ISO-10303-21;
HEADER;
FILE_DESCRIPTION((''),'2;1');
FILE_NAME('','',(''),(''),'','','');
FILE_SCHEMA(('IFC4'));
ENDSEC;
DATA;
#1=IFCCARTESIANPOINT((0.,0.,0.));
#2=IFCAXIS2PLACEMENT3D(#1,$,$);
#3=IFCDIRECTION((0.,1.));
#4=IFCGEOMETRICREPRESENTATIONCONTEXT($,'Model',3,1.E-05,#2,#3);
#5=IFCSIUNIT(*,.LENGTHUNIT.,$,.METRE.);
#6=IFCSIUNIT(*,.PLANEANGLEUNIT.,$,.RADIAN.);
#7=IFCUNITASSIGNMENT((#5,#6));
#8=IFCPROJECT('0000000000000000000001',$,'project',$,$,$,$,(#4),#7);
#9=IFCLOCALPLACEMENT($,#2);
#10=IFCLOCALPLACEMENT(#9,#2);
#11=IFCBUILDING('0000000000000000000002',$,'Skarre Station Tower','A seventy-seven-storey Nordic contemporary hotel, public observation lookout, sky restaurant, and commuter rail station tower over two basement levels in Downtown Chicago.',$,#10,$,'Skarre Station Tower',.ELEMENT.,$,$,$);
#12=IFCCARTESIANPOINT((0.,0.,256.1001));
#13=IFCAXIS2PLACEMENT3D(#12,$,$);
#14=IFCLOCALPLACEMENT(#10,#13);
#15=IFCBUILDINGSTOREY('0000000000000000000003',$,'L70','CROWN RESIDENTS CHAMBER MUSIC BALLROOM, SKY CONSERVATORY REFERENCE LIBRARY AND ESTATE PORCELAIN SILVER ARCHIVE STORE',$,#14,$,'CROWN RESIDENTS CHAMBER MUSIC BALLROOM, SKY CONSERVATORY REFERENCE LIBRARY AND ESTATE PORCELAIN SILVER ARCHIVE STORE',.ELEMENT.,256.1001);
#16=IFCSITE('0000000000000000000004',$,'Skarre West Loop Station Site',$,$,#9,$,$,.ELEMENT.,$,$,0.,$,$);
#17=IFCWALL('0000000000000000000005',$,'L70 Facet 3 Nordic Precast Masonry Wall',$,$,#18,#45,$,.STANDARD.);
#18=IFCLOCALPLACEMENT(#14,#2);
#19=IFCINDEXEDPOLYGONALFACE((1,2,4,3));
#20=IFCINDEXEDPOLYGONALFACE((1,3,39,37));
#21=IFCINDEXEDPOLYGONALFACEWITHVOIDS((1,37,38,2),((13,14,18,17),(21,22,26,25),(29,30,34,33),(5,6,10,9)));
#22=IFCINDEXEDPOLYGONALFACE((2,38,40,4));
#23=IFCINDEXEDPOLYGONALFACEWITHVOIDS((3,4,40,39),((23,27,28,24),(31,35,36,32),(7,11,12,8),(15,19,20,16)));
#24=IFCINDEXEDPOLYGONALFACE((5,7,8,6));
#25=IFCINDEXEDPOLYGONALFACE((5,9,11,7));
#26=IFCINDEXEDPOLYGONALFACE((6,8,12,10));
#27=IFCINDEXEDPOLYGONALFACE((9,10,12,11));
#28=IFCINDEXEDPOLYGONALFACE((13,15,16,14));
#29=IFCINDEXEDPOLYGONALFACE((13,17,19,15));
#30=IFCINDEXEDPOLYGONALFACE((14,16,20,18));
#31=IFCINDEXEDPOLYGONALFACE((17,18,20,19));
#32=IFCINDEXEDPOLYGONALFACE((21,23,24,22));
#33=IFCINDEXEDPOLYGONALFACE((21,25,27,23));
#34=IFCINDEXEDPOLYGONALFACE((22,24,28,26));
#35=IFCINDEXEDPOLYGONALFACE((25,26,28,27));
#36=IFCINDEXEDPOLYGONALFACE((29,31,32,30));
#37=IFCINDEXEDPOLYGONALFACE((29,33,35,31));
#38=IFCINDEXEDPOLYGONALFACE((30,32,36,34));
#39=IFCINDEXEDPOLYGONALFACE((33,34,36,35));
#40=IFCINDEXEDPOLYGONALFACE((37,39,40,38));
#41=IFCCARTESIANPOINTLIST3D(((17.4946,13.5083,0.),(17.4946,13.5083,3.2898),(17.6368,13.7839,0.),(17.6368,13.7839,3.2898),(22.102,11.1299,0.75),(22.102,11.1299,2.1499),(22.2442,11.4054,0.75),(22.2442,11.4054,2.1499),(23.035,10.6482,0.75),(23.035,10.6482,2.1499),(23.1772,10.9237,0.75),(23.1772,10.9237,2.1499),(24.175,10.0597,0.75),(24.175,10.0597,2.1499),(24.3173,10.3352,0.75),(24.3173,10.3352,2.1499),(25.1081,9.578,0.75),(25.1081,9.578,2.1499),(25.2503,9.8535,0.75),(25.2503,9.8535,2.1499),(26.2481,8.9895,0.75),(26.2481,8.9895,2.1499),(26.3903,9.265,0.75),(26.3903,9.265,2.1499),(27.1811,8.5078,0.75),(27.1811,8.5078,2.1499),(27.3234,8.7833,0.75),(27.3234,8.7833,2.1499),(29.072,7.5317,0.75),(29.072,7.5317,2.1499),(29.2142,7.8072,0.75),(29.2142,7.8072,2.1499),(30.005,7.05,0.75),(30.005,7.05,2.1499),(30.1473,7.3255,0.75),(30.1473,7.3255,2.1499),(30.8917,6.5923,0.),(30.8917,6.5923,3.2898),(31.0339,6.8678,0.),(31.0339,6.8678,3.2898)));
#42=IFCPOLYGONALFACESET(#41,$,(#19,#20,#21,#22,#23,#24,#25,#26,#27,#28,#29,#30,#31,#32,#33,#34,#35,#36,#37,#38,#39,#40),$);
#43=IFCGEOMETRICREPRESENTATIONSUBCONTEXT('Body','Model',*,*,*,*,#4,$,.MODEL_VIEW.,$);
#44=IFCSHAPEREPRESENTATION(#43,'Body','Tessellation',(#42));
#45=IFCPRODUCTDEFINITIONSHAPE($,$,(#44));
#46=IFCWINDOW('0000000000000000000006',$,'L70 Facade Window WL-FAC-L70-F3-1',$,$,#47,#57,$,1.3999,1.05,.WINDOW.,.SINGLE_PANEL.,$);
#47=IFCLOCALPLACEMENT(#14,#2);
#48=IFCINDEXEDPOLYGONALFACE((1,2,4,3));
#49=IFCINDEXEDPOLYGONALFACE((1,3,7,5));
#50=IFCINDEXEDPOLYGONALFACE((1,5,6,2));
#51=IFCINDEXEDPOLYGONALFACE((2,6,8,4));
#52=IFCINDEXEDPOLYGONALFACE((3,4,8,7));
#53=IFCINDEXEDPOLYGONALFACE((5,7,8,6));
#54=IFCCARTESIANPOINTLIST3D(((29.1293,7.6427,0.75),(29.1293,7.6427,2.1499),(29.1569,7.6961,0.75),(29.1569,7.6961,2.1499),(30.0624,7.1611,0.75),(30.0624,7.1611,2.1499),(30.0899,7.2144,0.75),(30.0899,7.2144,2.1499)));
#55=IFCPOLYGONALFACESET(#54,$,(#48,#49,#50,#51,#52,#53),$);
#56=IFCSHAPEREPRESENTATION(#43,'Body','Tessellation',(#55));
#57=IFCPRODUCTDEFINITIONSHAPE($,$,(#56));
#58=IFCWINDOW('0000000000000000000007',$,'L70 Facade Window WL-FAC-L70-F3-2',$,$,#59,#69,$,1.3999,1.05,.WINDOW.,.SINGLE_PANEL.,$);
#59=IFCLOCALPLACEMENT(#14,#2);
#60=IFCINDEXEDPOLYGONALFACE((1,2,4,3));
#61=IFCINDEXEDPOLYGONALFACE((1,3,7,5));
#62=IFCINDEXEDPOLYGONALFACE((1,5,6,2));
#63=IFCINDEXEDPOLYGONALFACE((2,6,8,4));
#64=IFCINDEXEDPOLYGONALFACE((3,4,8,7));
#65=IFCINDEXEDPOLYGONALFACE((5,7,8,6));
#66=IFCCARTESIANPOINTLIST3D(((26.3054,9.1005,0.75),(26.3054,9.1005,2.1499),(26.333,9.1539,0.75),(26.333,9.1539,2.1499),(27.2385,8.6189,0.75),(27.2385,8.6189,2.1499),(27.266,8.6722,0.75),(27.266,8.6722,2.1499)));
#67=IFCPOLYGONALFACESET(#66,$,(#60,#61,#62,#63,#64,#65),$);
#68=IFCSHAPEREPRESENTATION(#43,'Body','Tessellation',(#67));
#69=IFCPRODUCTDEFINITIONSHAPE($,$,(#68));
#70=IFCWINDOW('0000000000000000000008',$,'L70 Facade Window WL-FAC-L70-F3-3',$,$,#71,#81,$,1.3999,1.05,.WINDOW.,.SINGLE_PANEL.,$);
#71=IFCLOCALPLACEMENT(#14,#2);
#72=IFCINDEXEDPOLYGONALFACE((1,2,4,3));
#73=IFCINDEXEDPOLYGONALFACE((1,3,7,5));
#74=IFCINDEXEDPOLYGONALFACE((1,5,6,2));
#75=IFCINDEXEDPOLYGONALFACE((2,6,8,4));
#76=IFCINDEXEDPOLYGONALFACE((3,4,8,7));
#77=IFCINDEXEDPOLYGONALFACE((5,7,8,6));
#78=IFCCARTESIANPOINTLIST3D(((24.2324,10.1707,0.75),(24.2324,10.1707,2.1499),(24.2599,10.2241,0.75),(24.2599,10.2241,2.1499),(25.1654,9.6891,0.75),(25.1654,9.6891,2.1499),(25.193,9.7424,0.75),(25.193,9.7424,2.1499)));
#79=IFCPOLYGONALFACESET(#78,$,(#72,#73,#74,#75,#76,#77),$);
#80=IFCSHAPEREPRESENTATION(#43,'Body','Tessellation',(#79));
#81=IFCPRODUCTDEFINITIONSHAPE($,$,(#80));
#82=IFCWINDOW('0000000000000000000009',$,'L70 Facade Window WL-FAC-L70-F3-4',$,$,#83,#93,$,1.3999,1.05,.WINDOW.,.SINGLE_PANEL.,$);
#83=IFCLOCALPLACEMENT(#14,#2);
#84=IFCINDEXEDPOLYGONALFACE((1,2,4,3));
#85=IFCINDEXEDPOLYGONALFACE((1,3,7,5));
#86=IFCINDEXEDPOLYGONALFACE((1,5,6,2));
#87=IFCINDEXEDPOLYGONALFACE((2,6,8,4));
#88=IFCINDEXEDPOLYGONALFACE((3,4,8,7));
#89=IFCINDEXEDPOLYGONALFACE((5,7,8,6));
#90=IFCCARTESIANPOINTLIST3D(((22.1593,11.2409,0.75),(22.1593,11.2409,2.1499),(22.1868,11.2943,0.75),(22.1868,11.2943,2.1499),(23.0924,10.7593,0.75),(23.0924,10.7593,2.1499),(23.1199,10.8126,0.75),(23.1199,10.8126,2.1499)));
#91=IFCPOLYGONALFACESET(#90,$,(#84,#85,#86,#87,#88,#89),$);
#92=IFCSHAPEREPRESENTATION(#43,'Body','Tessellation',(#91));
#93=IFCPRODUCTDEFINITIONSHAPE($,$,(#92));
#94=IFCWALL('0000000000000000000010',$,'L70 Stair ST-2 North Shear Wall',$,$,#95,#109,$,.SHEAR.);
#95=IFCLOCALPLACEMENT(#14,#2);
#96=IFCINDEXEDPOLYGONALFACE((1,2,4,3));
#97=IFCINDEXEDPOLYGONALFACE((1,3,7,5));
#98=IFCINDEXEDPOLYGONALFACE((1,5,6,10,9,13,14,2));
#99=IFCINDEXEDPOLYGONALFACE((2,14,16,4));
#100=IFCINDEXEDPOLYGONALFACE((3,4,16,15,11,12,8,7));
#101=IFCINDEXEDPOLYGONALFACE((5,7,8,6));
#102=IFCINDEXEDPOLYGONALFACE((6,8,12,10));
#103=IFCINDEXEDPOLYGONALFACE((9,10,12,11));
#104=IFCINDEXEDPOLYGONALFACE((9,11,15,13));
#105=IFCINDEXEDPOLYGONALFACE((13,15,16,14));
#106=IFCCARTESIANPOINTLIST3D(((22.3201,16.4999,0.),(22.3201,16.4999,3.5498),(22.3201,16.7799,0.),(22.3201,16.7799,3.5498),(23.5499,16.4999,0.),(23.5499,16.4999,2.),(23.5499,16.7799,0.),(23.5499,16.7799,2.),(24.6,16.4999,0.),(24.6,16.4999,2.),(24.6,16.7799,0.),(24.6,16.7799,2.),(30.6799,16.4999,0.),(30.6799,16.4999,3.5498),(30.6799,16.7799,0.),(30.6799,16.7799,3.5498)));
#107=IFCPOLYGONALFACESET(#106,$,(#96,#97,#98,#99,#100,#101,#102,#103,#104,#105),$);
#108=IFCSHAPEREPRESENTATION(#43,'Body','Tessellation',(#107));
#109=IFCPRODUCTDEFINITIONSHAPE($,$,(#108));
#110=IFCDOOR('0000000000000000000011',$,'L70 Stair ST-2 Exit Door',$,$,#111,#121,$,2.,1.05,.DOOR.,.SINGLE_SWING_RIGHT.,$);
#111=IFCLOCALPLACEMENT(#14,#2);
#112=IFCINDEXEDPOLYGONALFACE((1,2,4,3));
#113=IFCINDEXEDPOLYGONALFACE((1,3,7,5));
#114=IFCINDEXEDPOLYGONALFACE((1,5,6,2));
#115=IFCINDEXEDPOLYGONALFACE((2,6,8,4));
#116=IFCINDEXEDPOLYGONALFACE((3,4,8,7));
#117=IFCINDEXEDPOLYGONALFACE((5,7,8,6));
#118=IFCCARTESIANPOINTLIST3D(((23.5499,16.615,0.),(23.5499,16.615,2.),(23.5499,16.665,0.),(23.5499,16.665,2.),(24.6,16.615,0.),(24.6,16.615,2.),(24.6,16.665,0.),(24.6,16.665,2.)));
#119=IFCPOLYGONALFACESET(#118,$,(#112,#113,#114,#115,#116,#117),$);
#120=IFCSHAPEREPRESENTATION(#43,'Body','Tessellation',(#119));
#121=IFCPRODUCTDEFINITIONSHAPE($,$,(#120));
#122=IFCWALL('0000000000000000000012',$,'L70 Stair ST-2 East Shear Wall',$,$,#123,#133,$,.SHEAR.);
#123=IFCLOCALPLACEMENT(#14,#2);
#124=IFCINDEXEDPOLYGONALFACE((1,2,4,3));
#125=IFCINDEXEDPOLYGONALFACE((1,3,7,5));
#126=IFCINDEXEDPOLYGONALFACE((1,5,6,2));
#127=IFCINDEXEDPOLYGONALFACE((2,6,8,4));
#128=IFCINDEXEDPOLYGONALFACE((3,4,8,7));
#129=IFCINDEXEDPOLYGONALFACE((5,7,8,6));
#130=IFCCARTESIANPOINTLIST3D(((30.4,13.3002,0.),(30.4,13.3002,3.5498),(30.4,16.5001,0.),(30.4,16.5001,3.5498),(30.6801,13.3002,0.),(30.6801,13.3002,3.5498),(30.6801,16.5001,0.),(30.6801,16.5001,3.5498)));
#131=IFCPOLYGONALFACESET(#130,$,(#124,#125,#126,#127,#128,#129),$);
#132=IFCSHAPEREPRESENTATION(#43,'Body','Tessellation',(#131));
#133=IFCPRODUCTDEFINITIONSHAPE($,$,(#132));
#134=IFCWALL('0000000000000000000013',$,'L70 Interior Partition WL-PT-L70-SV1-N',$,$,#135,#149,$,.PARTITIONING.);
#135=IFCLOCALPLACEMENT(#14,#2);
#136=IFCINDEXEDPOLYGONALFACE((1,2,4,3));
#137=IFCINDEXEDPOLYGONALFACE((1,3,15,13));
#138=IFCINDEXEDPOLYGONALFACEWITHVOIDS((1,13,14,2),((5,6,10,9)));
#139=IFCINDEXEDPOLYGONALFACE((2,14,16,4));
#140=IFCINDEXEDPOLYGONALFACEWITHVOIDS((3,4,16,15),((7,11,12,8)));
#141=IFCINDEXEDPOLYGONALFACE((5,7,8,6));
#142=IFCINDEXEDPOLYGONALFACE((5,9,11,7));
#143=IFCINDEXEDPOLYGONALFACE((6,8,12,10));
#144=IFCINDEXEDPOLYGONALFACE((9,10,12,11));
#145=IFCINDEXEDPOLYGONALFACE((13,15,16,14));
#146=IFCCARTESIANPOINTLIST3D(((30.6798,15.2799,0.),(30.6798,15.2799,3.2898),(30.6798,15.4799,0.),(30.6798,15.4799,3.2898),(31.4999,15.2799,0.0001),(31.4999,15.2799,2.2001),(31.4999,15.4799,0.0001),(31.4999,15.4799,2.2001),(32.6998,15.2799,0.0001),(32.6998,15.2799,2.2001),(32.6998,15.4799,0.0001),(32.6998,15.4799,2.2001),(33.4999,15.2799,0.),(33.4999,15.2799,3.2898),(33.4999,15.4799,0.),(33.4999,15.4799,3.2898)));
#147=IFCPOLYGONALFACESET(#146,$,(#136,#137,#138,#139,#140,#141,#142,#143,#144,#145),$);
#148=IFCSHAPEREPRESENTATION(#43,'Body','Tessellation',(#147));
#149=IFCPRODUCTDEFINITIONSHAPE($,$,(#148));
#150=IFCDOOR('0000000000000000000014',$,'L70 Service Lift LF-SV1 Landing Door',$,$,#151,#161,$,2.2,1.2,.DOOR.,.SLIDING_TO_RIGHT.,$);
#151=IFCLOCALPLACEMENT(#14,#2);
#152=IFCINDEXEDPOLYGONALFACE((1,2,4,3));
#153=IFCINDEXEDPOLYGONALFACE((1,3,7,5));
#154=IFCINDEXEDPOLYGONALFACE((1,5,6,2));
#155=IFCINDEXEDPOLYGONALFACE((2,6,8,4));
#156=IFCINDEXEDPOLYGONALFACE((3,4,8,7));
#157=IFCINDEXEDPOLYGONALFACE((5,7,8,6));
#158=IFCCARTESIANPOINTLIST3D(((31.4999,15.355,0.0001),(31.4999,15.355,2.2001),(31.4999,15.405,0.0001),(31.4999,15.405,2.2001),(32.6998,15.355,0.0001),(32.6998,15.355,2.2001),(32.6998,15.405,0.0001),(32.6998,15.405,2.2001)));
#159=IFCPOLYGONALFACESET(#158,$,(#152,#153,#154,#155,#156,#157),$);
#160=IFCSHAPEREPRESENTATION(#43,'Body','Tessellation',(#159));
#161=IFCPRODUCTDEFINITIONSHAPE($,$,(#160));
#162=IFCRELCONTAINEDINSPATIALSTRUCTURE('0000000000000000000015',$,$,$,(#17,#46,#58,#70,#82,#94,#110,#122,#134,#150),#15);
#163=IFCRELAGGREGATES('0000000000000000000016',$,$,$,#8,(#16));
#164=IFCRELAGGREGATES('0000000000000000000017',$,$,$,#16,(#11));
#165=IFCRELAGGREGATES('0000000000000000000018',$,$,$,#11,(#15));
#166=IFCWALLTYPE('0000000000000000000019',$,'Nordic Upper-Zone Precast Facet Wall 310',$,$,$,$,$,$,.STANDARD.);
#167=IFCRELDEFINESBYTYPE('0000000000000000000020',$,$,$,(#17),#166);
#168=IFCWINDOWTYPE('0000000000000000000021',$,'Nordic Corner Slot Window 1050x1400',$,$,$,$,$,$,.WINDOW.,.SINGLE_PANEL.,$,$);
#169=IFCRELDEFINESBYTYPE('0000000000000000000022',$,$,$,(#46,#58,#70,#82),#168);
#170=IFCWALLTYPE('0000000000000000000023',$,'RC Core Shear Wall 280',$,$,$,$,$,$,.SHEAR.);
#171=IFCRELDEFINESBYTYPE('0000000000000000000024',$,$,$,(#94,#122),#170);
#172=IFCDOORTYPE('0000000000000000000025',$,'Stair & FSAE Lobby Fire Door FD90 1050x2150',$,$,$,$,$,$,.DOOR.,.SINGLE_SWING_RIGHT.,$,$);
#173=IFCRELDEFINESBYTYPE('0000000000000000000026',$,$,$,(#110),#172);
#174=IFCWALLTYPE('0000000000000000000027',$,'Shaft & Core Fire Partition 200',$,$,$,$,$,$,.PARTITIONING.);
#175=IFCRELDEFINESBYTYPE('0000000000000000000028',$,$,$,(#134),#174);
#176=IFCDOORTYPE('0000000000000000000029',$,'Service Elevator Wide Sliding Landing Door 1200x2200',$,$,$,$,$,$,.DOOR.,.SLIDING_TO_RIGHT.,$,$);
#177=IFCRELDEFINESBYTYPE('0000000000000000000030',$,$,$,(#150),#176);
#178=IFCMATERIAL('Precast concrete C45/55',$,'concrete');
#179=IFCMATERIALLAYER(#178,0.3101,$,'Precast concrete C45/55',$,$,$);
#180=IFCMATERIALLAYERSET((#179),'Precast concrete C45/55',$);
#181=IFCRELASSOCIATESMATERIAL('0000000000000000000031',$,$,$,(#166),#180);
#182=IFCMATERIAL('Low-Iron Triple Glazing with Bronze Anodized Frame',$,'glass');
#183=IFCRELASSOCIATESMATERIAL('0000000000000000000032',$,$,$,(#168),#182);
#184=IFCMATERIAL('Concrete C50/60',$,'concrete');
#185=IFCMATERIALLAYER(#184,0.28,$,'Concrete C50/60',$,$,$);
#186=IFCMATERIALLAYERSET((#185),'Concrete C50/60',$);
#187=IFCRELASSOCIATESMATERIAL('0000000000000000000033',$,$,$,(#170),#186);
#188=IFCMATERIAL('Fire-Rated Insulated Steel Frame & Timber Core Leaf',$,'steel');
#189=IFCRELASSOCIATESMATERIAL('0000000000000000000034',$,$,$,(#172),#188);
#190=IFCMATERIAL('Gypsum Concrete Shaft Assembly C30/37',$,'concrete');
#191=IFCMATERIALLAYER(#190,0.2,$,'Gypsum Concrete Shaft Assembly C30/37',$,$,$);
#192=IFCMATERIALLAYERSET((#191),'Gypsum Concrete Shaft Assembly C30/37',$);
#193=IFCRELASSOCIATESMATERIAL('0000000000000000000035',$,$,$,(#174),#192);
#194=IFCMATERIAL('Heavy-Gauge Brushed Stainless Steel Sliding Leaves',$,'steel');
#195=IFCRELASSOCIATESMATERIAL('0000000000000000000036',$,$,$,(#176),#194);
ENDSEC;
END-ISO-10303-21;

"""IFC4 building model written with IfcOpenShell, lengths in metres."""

from ifc_helpers import new_model, si_unit, direction, frame, frame_2d, origin, place, context, subcontext, project, spatial, rectangle, extrude, material, layer, layer_set, type_object, element, fill, save


model = new_model("IFC4")

# Units and contexts
model_context = context("Model", 3, precision=1e-05, world=origin(), true_north=direction((0.0, 1.0)))
body_context = subcontext(model_context, "Body", "Model", "MODEL_VIEW")
ifc_project = project(units=[si_unit("LENGTHUNIT", "METRE"), si_unit("PLANEANGLEUNIT", "RADIAN")], contexts=[model_context])

# Site, building, storey
site_placement = place(None, origin())
site = spatial("IfcSite", under=ifc_project, at=site_placement, Name="Skarre West Loop Station Site", CompositionType="ELEMENT", RefElevation=0.0)
building_placement = place(site_placement, origin())
building = spatial("IfcBuilding", under=site, at=building_placement, Name="Skarre Station Tower", Description="A seventy-seven-storey Nordic contemporary hotel, public observation lookout, sky restaurant, and commuter rail station tower over two basement levels in Downtown Chicago.", LongName="Skarre Station Tower", CompositionType="ELEMENT")
storey_placement = place(building_placement, frame((0.0, 0.0, 256.1001)))
storey = spatial("IfcBuildingStorey", under=building, at=storey_placement, Name="L70", Description="CROWN RESIDENTS CHAMBER MUSIC BALLROOM, SKY CONSERVATORY REFERENCE LIBRARY AND ESTATE PORCELAIN SILVER ARCHIVE STORE", LongName="CROWN RESIDENTS CHAMBER MUSIC BALLROOM, SKY CONSERVATORY REFERENCE LIBRARY AND ESTATE PORCELAIN SILVER ARCHIVE STORE", CompositionType="ELEMENT", Elevation=256.1001)

# Shared definitions
ifc_material_1 = material(Name="Concrete C50/60", Category="concrete")

# Shared definitions
ifc_material_2 = material(Name="Precast concrete C45/55", Category="concrete")

# Wall, openings, windows
ifc_layer_1 = layer(ifc_material_2, 0.3101, Name="Precast concrete C45/55")
ifc_layer_set_1 = layer_set([ifc_layer_1], Name="Precast concrete C45/55")
wall_type_1 = type_object("IfcWallType", Name="Nordic Upper-Zone Precast Facet Wall 310", PredefinedType="STANDARD", material=ifc_layer_set_1)
wall_1_placement = place(storey_placement, frame((30.9629, 6.73, 0.0), z_axis=(0.0, 0.0, 1.0), x_axis=(-0.888581, 0.458719, 0.0)))
wall_1 = element("IfcWall", 1, at=wall_1_placement, inside=storey, type_object=wall_type_1, Name="L70 Facet 3 Nordic Precast Masonry Wall", PredefinedType="STANDARD", context=body_context, shape_type="SweptSolid", body=[
    extrude(rectangle(XDim=15.0769, YDim=0.3101, at=frame_2d((7.5386, 0.0))), origin(), (0.0, 0.0, 1.0), 3.2898),
])
opening_1_placement = place(wall_1_placement, frame((0.998, 0.0, 0.75)))
opening_1 = element("IfcOpeningElement", 2, at=opening_1_placement, cuts=wall_1, PredefinedType="OPENING", context=body_context, shape_type="SweptSolid", body=[
    extrude(rectangle(XDim=1.05, YDim=1.3999, at=frame_2d((0.5249, 0.7))), frame((0.0, 0.165, 0.0), z_axis=(0.0, -1.0, 0.0), x_axis=(1.0, 0.0, 0.0)), (0.0, 0.0, 1.0), 0.3301),
])
opening_2_placement = place(wall_1_placement, frame((4.176, 0.0, 0.75)))
opening_2 = element("IfcOpeningElement", 3, at=opening_2_placement, cuts=wall_1, PredefinedType="OPENING", context=body_context, shape_type="SweptSolid", body=[
    extrude(rectangle(XDim=1.05, YDim=1.3999, at=frame_2d((0.5249, 0.7))), frame((0.0, 0.165, 0.0), z_axis=(0.0, -1.0, 0.0), x_axis=(1.0, 0.0, 0.0)), (0.0, 0.0, 1.0), 0.3301),
])
opening_3_placement = place(wall_1_placement, frame((6.509, 0.0, 0.75)))
opening_3 = element("IfcOpeningElement", 4, at=opening_3_placement, cuts=wall_1, PredefinedType="OPENING", context=body_context, shape_type="SweptSolid", body=[
    extrude(rectangle(XDim=1.05, YDim=1.3999, at=frame_2d((0.5249, 0.7))), frame((0.0, 0.165, 0.0), z_axis=(0.0, -1.0, 0.0), x_axis=(1.0, 0.0, 0.0)), (0.0, 0.0, 1.0), 0.3301),
])
opening_4_placement = place(wall_1_placement, frame((8.842, 0.0, 0.75)))
opening_4 = element("IfcOpeningElement", 5, at=opening_4_placement, cuts=wall_1, PredefinedType="OPENING", context=body_context, shape_type="SweptSolid", body=[
    extrude(rectangle(XDim=1.05, YDim=1.3999, at=frame_2d((0.5249, 0.7))), frame((0.0, 0.165, 0.0), z_axis=(0.0, -1.0, 0.0), x_axis=(1.0, 0.0, 0.0)), (0.0, 0.0, 1.0), 0.3301),
])
ifc_material_3 = material(Name="Low-Iron Triple Glazing with Bronze Anodized Frame", Category="glass")
window_type = type_object("IfcWindowType", Name="Nordic Corner Slot Window 1050x1400", PartitioningType="SINGLE_PANEL", PredefinedType="WINDOW", material=ifc_material_3)
window_1_placement = place(opening_1_placement, origin())
window_1 = element("IfcWindow", 6, at=window_1_placement, inside=storey, type_object=window_type, Name="L70 Facade Window WL-FAC-L70-F3-1", OverallHeight=1.3999, OverallWidth=1.05, PartitioningType="SINGLE_PANEL", PredefinedType="WINDOW", context=body_context, shape_type="SweptSolid", body=[
    extrude(rectangle(XDim=1.05, YDim=1.3999, at=frame_2d((0.5249, 0.7))), frame((0.0, 0.03, 0.0), z_axis=(0.0, -1.0, 0.0), x_axis=(1.0, 0.0, 0.0)), (0.0, 0.0, 1.0), 0.0601),
])
fill(opening_1, window_1)
window_2_placement = place(opening_2_placement, origin())
window_2 = element("IfcWindow", 7, at=window_2_placement, inside=storey, type_object=window_type, Name="L70 Facade Window WL-FAC-L70-F3-2", OverallHeight=1.3999, OverallWidth=1.05, PartitioningType="SINGLE_PANEL", PredefinedType="WINDOW", context=body_context, shape_type="SweptSolid", body=[
    extrude(rectangle(XDim=1.05, YDim=1.3999, at=frame_2d((0.5249, 0.7))), frame((0.0, 0.03, 0.0), z_axis=(0.0, -1.0, 0.0), x_axis=(1.0, 0.0, 0.0)), (0.0, 0.0, 1.0), 0.0601),
])
fill(opening_2, window_2)
window_3_placement = place(opening_3_placement, origin())
window_3 = element("IfcWindow", 8, at=window_3_placement, inside=storey, type_object=window_type, Name="L70 Facade Window WL-FAC-L70-F3-3", OverallHeight=1.3999, OverallWidth=1.05, PartitioningType="SINGLE_PANEL", PredefinedType="WINDOW", context=body_context, shape_type="SweptSolid", body=[
    extrude(rectangle(XDim=1.05, YDim=1.3999, at=frame_2d((0.5249, 0.7))), frame((0.0, 0.03, 0.0), z_axis=(0.0, -1.0, 0.0), x_axis=(1.0, 0.0, 0.0)), (0.0, 0.0, 1.0), 0.0601),
])
fill(opening_3, window_3)
window_4_placement = place(opening_4_placement, origin())
window_4 = element("IfcWindow", 9, at=window_4_placement, inside=storey, type_object=window_type, Name="L70 Facade Window WL-FAC-L70-F3-4", OverallHeight=1.3999, OverallWidth=1.05, PartitioningType="SINGLE_PANEL", PredefinedType="WINDOW", context=body_context, shape_type="SweptSolid", body=[
    extrude(rectangle(XDim=1.05, YDim=1.3999, at=frame_2d((0.5249, 0.7))), frame((0.0, 0.03, 0.0), z_axis=(0.0, -1.0, 0.0), x_axis=(1.0, 0.0, 0.0)), (0.0, 0.0, 1.0), 0.0601),
])
fill(opening_4, window_4)

# Wall, opening, door
ifc_layer_2 = layer(ifc_material_1, 0.28, Name="Concrete C50/60")
ifc_layer_set_2 = layer_set([ifc_layer_2], Name="Concrete C50/60")
wall_type_2 = type_object("IfcWallType", Name="RC Core Shear Wall 280", PredefinedType="SHEAR", material=ifc_layer_set_2)
wall_2_placement = place(storey_placement, frame((30.6799, 16.6399, 0.0), z_axis=(0.0, 0.0, 1.0), x_axis=(-1.0, 0.0, 0.0)))
wall_2 = element("IfcWall", 10, at=wall_2_placement, inside=storey, type_object=wall_type_2, Name="L70 Stair ST-2 North Shear Wall", PredefinedType="SHEAR", context=body_context, shape_type="SweptSolid", body=[
    extrude(rectangle(XDim=8.3599, YDim=0.28, at=frame_2d((4.1799, 0.0))), origin(), (0.0, 0.0, 1.0), 3.5498),
])
opening_5_placement = place(wall_2_placement, frame((6.0801, 0.0, 0.0)))
opening_5 = element("IfcOpeningElement", 11, at=opening_5_placement, cuts=wall_2, PredefinedType="OPENING", context=body_context, shape_type="SweptSolid", body=[
    extrude(rectangle(XDim=1.05, YDim=2.0, at=frame_2d((0.5249, 1.0))), frame((0.0, 0.1499, 0.0), z_axis=(0.0, -1.0, 0.0), x_axis=(1.0, 0.0, 0.0)), (0.0, 0.0, 1.0), 0.3),
])
ifc_material_4 = material(Name="Fire-Rated Insulated Steel Frame & Timber Core Leaf", Category="steel")
door_type_1 = type_object("IfcDoorType", Name="Stair & FSAE Lobby Fire Door FD90 1050x2150", OperationType="SINGLE_SWING_RIGHT", PredefinedType="DOOR", material=ifc_material_4)
door_1_placement = place(opening_5_placement, origin())
door_1 = element("IfcDoor", 12, at=door_1_placement, inside=storey, type_object=door_type_1, Name="L70 Stair ST-2 Exit Door", OperationType="SINGLE_SWING_RIGHT", OverallHeight=2.0, OverallWidth=1.05, PredefinedType="DOOR", context=body_context, shape_type="SweptSolid", body=[
    extrude(rectangle(XDim=1.05, YDim=2.0, at=frame_2d((0.5249, 1.0))), frame((0.0, 0.0249, 0.0), z_axis=(0.0, -1.0, 0.0), x_axis=(1.0, 0.0, 0.0)), (0.0, 0.0, 1.0), 0.05),
])
fill(opening_5, door_1)

# Wall
wall_3_placement = place(storey_placement, frame((30.54, 13.3, 0.0), z_axis=(0.0, 0.0, 1.0), x_axis=(0.0, 1.0, 0.0)))
element("IfcWall", 13, at=wall_3_placement, inside=storey, type_object=wall_type_2, Name="L70 Stair ST-2 East Shear Wall", PredefinedType="SHEAR", context=body_context, shape_type="SweptSolid", body=[
    extrude(rectangle(XDim=3.2, YDim=0.28, at=frame_2d((1.6001, 0.0))), origin(), (0.0, 0.0, 1.0), 3.5498),
])

# Wall, opening, door
ifc_material_5 = material(Name="Gypsum Concrete Shaft Assembly C30/37", Category="concrete")
ifc_layer_3 = layer(ifc_material_5, 0.2, Name="Gypsum Concrete Shaft Assembly C30/37")
ifc_layer_set_3 = layer_set([ifc_layer_3], Name="Gypsum Concrete Shaft Assembly C30/37")
wall_type_3 = type_object("IfcWallType", Name="Shaft & Core Fire Partition 200", PredefinedType="PARTITIONING", material=ifc_layer_set_3)
wall_4_placement = place(storey_placement, frame((33.5, 15.3799, 0.0), z_axis=(0.0, 0.0, 1.0), x_axis=(-1.0, 0.0, 0.0)))
wall_4 = element("IfcWall", 14, at=wall_4_placement, inside=storey, type_object=wall_type_3, Name="L70 Interior Partition WL-PT-L70-SV1-N", PredefinedType="PARTITIONING", context=body_context, shape_type="SweptSolid", body=[
    extrude(rectangle(XDim=2.8201, YDim=0.2, at=frame_2d((1.4102, 0.0))), origin(), (0.0, 0.0, 1.0), 3.2898),
])
opening_6_placement = place(wall_4_placement, frame((0.8, 0.0, 0.0)))
opening_6 = element("IfcOpeningElement", 15, at=opening_6_placement, cuts=wall_4, PredefinedType="OPENING", context=body_context, shape_type="SweptSolid", body=[
    extrude(rectangle(XDim=1.2, YDim=2.2, at=frame_2d((0.6001, 1.1001))), frame((0.0, 0.1099, 0.0), z_axis=(0.0, -1.0, 0.0), x_axis=(1.0, 0.0, 0.0)), (0.0, 0.0, 1.0), 0.22),
])
ifc_material_6 = material(Name="Heavy-Gauge Brushed Stainless Steel Sliding Leaves", Category="steel")
door_type_2 = type_object("IfcDoorType", Name="Service Elevator Wide Sliding Landing Door 1200x2200", OperationType="SLIDING_TO_RIGHT", PredefinedType="DOOR", material=ifc_material_6)
door_2_placement = place(opening_6_placement, origin())
door_2 = element("IfcDoor", 16, at=door_2_placement, inside=storey, type_object=door_type_2, Name="L70 Service Lift LF-SV1 Landing Door", OperationType="SLIDING_TO_RIGHT", OverallHeight=2.2, OverallWidth=1.2, PredefinedType="DOOR", context=body_context, shape_type="SweptSolid", body=[
    extrude(rectangle(XDim=1.2, YDim=2.2, at=frame_2d((0.6001, 1.1001))), frame((0.0, 0.0249, 0.0), z_axis=(0.0, -1.0, 0.0), x_axis=(1.0, 0.0, 0.0)), (0.0, 0.0, 1.0), 0.05),
])
fill(opening_6, door_2)

save(model, "model.ifc")
